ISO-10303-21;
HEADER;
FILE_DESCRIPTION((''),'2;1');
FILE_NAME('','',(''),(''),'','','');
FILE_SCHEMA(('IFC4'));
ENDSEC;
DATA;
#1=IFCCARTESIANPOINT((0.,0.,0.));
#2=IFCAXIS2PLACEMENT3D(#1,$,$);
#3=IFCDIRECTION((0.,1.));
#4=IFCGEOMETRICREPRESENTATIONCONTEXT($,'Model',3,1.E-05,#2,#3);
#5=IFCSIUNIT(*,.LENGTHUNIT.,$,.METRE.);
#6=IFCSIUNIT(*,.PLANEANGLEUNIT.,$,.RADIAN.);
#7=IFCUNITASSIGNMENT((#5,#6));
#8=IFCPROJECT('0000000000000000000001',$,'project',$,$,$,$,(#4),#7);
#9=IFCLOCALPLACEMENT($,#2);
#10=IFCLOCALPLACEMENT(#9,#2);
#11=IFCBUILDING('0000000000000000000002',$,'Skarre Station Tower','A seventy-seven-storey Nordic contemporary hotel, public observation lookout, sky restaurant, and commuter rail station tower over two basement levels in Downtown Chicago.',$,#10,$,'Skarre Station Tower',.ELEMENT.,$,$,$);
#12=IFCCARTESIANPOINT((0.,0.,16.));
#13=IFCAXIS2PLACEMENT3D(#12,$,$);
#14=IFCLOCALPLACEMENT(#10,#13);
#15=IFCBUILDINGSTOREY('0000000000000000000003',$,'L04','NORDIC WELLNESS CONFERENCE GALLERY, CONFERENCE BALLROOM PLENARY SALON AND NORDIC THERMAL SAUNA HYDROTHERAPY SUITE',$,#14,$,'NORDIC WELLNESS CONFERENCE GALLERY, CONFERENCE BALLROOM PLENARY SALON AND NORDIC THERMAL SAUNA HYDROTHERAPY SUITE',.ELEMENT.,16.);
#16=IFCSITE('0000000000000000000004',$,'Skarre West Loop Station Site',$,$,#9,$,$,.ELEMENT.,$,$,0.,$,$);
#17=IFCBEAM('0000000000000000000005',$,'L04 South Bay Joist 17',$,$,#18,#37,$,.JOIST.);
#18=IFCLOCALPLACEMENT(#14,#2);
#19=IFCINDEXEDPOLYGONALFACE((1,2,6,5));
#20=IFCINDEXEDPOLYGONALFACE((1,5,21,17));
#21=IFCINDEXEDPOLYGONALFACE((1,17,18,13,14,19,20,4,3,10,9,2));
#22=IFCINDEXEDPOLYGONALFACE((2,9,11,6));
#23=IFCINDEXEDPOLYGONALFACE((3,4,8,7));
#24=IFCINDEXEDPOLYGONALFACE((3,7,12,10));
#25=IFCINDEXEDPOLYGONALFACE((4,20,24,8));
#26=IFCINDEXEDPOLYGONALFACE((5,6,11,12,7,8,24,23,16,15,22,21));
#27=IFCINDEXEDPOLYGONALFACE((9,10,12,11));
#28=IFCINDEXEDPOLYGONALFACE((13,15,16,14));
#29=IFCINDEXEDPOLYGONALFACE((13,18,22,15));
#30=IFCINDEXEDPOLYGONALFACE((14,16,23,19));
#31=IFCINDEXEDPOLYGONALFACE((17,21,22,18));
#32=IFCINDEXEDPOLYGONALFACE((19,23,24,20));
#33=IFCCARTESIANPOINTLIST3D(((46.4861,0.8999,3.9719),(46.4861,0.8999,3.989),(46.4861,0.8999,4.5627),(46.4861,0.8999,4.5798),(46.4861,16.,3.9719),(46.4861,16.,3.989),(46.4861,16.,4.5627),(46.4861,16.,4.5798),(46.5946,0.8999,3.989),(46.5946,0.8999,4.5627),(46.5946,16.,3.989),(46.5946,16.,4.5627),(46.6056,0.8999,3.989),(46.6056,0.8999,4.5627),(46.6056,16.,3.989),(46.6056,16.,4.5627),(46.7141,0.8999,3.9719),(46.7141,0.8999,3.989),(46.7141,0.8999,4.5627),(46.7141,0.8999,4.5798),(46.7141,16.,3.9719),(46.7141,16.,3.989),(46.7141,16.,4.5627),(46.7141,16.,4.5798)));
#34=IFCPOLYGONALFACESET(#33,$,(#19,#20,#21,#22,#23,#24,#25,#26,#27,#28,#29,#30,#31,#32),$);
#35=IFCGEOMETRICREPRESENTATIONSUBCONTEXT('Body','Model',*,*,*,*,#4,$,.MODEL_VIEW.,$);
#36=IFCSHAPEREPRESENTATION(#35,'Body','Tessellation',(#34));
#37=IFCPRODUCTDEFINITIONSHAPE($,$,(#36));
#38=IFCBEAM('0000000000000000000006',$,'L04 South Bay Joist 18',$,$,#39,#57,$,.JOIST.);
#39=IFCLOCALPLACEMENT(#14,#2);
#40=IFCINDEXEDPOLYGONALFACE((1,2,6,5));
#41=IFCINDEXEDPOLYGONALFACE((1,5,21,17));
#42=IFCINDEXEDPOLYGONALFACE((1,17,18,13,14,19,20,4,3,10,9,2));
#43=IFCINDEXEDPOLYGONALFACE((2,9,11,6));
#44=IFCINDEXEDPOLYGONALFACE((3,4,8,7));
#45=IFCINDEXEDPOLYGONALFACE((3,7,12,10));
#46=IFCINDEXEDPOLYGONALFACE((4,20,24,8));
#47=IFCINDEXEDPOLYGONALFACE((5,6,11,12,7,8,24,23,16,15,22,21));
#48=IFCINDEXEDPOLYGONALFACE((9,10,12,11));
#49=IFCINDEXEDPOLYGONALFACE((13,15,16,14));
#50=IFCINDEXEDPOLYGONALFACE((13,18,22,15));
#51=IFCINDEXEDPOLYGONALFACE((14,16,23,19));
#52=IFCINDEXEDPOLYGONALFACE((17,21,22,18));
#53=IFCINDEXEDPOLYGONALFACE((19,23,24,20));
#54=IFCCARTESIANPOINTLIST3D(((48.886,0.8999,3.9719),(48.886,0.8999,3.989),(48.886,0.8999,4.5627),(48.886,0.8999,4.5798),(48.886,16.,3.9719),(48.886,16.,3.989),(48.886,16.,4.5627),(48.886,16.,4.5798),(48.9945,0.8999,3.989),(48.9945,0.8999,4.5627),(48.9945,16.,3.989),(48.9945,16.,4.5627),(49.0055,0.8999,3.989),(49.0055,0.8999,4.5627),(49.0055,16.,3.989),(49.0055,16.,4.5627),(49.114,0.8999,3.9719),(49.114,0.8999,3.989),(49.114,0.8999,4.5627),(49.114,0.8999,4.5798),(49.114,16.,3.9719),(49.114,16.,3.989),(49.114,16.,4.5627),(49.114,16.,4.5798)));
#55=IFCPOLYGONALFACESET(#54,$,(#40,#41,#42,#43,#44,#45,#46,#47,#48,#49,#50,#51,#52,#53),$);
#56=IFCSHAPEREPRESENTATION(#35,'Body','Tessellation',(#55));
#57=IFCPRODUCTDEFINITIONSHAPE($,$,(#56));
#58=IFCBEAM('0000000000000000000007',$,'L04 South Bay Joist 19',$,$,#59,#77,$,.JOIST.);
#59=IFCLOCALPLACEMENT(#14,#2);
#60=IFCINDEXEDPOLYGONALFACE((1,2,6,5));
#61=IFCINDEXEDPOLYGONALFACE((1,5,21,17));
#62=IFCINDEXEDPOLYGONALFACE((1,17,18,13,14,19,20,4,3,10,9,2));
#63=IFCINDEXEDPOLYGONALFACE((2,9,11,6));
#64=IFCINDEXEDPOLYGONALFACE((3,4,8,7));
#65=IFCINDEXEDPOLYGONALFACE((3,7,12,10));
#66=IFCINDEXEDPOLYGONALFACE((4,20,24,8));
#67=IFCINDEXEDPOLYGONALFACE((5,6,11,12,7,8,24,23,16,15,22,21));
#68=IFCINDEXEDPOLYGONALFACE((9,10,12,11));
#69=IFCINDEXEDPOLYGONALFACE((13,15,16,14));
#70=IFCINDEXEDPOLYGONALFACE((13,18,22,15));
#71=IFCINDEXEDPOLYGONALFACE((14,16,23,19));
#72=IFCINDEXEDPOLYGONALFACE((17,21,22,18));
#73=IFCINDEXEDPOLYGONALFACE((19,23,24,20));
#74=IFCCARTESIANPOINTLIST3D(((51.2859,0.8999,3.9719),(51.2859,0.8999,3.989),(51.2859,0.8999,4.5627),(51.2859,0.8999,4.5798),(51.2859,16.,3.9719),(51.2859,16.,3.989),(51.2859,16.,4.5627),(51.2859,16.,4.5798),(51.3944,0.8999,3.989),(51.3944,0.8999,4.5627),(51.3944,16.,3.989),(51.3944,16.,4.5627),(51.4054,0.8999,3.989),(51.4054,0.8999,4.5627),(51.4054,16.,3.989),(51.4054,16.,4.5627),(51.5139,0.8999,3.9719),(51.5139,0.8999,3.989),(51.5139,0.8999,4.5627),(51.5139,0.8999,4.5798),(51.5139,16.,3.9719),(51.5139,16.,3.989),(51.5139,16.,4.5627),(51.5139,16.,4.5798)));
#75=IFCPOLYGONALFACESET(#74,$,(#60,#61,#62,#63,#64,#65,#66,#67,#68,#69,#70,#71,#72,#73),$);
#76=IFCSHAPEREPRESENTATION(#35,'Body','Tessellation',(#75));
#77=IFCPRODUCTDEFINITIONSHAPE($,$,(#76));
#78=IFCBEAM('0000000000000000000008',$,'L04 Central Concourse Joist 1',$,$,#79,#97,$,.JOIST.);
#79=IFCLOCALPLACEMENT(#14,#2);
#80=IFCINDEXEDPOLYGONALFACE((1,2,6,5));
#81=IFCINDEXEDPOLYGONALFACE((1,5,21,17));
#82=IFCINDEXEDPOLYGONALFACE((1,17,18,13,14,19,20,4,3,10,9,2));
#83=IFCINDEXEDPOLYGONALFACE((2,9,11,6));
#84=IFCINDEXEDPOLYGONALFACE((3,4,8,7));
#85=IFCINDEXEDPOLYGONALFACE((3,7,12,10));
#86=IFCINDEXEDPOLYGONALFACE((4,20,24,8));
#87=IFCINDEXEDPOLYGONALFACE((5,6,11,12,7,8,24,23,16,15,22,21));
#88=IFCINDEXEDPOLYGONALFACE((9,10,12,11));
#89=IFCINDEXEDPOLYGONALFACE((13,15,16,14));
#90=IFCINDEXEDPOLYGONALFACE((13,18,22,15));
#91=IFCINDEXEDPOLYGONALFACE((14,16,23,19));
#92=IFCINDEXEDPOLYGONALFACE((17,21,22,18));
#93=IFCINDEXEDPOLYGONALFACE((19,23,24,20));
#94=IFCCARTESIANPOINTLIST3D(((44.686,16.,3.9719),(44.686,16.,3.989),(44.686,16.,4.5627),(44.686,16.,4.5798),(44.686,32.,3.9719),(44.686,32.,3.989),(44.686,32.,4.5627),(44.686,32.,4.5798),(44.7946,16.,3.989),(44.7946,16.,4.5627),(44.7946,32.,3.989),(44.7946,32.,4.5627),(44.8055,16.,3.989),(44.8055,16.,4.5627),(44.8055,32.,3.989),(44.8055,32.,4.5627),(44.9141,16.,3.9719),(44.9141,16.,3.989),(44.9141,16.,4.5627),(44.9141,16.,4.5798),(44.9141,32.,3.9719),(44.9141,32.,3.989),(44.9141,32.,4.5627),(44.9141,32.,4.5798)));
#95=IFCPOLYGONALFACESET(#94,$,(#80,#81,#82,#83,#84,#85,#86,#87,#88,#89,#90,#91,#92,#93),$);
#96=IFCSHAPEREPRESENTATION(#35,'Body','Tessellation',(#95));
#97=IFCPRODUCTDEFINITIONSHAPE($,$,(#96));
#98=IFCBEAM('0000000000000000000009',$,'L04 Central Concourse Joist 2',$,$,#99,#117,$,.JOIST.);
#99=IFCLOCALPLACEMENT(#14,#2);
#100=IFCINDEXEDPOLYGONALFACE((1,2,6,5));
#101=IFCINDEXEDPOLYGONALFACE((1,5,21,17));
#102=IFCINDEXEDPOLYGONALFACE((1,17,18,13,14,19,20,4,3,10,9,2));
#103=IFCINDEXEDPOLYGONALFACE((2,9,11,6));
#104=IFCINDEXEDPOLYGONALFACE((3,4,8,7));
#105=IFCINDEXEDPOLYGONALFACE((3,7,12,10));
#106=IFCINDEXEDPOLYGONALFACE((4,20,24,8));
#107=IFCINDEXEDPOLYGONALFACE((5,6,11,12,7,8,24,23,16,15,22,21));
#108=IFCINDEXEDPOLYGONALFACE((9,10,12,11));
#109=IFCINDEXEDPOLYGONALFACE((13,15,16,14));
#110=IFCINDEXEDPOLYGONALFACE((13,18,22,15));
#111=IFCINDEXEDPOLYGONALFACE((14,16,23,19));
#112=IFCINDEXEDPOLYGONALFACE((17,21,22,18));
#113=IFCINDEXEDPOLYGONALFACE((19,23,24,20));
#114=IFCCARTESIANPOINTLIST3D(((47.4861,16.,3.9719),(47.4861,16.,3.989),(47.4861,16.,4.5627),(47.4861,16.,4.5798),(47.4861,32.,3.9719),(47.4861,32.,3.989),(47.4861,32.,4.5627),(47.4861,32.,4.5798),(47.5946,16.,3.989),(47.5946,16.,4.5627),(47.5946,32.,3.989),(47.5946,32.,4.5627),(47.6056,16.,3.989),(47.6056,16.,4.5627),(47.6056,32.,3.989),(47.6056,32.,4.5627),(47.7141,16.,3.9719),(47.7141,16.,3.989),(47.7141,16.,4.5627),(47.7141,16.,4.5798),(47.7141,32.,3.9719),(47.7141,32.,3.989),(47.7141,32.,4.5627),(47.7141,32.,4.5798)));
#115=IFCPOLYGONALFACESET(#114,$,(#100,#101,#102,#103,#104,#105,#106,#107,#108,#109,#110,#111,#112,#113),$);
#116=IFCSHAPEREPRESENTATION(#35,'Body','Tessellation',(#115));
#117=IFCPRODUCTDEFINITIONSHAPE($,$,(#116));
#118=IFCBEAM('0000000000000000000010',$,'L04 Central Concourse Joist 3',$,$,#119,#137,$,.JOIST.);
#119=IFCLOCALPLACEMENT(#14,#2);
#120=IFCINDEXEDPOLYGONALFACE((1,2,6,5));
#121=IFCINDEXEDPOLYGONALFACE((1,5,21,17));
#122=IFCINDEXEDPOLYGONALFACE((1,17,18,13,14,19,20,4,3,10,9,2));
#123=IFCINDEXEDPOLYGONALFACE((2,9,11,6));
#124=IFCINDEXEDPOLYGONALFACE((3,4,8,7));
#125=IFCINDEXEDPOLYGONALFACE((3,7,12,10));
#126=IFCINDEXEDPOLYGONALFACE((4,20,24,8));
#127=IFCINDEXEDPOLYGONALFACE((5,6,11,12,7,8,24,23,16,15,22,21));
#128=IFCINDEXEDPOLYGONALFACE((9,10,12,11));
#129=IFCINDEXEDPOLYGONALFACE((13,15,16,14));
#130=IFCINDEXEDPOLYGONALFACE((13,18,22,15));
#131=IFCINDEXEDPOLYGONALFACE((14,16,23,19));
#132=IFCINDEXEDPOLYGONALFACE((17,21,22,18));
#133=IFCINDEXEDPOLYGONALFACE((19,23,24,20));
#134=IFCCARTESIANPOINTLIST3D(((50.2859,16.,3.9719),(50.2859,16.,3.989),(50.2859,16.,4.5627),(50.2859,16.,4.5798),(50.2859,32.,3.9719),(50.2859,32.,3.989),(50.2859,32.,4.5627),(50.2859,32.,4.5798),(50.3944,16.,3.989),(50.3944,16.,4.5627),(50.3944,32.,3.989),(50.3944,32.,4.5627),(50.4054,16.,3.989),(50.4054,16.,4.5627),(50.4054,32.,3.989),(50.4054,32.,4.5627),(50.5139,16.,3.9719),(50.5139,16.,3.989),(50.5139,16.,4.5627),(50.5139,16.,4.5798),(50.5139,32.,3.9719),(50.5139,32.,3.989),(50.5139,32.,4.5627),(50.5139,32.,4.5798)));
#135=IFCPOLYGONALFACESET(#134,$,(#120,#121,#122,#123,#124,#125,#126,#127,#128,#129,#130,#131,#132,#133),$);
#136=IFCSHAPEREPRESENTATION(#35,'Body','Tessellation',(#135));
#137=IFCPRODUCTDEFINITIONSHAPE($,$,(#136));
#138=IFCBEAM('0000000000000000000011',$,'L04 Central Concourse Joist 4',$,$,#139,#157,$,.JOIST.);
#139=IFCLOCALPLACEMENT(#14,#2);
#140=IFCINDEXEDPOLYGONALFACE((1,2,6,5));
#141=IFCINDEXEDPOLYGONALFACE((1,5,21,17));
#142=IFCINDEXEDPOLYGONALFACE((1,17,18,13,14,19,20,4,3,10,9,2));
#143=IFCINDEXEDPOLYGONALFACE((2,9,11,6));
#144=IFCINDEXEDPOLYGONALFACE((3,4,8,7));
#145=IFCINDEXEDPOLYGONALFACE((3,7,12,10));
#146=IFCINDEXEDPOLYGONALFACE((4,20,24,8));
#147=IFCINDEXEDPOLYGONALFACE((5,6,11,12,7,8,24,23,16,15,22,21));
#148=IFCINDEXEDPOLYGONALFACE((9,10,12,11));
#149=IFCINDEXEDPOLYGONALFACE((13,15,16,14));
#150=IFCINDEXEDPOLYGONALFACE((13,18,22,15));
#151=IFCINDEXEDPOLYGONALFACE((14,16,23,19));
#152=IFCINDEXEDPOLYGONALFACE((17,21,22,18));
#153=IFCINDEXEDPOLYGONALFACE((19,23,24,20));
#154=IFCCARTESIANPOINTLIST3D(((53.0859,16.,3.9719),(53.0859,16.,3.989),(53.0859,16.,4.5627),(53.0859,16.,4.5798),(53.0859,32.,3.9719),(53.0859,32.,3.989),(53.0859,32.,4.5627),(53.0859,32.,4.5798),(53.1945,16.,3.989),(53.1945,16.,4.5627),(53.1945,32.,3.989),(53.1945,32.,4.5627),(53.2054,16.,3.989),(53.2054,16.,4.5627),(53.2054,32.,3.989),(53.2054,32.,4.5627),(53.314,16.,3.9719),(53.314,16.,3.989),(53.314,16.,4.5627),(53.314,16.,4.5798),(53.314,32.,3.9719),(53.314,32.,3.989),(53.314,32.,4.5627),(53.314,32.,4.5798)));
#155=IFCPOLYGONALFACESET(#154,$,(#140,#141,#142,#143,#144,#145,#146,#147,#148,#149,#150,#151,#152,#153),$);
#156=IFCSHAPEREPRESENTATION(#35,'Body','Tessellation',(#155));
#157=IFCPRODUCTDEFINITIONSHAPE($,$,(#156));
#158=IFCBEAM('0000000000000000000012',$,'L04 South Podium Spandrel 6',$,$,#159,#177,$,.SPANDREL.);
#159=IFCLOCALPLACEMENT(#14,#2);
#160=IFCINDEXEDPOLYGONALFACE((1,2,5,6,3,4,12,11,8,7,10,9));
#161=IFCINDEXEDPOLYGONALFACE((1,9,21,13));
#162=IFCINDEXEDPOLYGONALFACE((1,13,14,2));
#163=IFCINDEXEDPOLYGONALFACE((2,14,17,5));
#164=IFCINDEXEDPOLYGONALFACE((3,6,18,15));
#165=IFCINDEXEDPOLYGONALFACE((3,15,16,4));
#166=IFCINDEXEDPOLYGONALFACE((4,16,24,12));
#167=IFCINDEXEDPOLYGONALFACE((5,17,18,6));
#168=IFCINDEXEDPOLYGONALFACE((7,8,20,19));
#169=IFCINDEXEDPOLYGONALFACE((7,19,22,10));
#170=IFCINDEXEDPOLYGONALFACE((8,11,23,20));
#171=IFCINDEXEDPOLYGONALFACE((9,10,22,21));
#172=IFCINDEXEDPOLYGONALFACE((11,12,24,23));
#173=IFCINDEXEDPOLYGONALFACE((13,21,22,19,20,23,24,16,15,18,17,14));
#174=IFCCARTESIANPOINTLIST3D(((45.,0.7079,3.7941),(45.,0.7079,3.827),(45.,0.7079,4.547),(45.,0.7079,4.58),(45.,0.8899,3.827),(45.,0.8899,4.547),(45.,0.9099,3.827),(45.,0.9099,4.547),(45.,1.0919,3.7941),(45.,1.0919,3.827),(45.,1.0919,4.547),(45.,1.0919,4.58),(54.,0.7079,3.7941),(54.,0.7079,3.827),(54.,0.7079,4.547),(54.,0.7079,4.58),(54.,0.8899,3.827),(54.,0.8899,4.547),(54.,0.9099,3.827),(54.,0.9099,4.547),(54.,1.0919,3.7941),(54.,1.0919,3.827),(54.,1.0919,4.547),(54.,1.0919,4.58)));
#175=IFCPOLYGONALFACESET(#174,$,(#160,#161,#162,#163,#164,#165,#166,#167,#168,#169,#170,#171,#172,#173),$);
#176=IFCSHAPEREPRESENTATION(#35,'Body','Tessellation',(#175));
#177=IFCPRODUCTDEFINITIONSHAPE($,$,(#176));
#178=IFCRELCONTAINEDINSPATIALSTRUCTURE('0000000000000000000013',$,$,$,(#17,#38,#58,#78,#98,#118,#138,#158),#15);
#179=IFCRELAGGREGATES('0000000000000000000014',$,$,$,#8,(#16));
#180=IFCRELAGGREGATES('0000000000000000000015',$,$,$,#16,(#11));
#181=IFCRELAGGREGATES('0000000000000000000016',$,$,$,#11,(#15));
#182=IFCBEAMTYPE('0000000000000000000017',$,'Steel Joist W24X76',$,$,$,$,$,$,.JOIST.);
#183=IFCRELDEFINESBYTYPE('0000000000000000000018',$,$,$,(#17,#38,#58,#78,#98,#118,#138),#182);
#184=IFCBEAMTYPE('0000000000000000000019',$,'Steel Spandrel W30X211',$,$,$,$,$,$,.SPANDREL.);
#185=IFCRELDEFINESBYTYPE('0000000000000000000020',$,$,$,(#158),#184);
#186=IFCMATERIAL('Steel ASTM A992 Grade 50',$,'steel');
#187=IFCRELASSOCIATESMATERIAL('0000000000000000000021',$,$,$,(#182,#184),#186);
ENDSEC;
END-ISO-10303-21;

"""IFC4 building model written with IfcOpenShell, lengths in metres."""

from ifc_helpers import new_model, si_unit, direction, frame, origin, origin_2d, place, context, subcontext, project, spatial, i_section, extrude, material, material_profile, profile_set, type_object, element, save


model = new_model("IFC4")

# Units and contexts
model_context = context("Model", 3, precision=1e-05, world=origin(), true_north=direction((0.0, 1.0)))
body_context = subcontext(model_context, "Body", "Model", "MODEL_VIEW")
ifc_project = project(units=[si_unit("LENGTHUNIT", "METRE"), si_unit("PLANEANGLEUNIT", "RADIAN")], contexts=[model_context])

# Site, building, storey
site_placement = place(None, origin())
site = spatial("IfcSite", under=ifc_project, at=site_placement, Name="Skarre West Loop Station Site", CompositionType="ELEMENT", RefElevation=0.0)
building_placement = place(site_placement, origin())
building = spatial("IfcBuilding", under=site, at=building_placement, Name="Skarre Station Tower", Description="A seventy-seven-storey Nordic contemporary hotel, public observation lookout, sky restaurant, and commuter rail station tower over two basement levels in Downtown Chicago.", LongName="Skarre Station Tower", CompositionType="ELEMENT")
storey_placement = place(building_placement, frame((0.0, 0.0, 16.0)))
storey = spatial("IfcBuildingStorey", under=building, at=storey_placement, Name="L04", Description="NORDIC WELLNESS CONFERENCE GALLERY, CONFERENCE BALLROOM PLENARY SALON AND NORDIC THERMAL SAUNA HYDROTHERAPY SUITE", LongName="NORDIC WELLNESS CONFERENCE GALLERY, CONFERENCE BALLROOM PLENARY SALON AND NORDIC THERMAL SAUNA HYDROTHERAPY SUITE", CompositionType="ELEMENT", Elevation=16.0)

# Beams
ifc_material_1 = material(Name="Steel ASTM A992 Grade 50", Category="steel")
ifc_material_profile_1 = material_profile(ifc_material_1, i_section(OverallWidth=0.228, OverallDepth=0.6079, WebThickness=0.011, FlangeThickness=0.0171, at=origin_2d()), Name="Steel ASTM A992 Grade 50")
ifc_profile_set_1 = profile_set([ifc_material_profile_1], Name="Steel ASTM A992 Grade 50")
beam_type_1 = type_object("IfcBeamType", Name="Steel Joist W24X76", PredefinedType="JOIST", material=ifc_profile_set_1)
for number, where, z_axis, x_axis, name in (
    (1, (46.6001, 0.8999, 4.2759), (0.0, 1.0, 0.0), (-1.0, 0.0, 0.0), "L04 South Bay Joist 17"),
    (2, (49.0, 0.8999, 4.2759), (0.0, 1.0, 0.0), (-1.0, 0.0, 0.0), "L04 South Bay Joist 18"),
    (3, (51.3999, 0.8999, 4.2759), (0.0, 1.0, 0.0), (-1.0, 0.0, 0.0), "L04 South Bay Joist 19"),
):
    element("IfcBeam", number, at=place(storey_placement, frame(where, z_axis=z_axis, x_axis=x_axis)), inside=storey, type_object=beam_type_1, Name=name, PredefinedType="JOIST", context=body_context, shape_type="SweptSolid", body=[
        extrude(i_section(OverallWidth=0.228, OverallDepth=0.6079, WebThickness=0.011, FlangeThickness=0.0171, at=origin_2d()), origin(), (0.0, 0.0, 1.0), 15.1001),
    ])
for number, where, z_axis, x_axis, name in (
    (4, (44.8, 16.0, 4.2759), (0.0, 1.0, 0.0), (-1.0, 0.0, 0.0), "L04 Central Concourse Joist 1"),
    (5, (47.6001, 16.0, 4.2759), (0.0, 1.0, 0.0), (-1.0, 0.0, 0.0), "L04 Central Concourse Joist 2"),
    (6, (50.3999, 16.0, 4.2759), (0.0, 1.0, 0.0), (-1.0, 0.0, 0.0), "L04 Central Concourse Joist 3"),
    (7, (53.2, 16.0, 4.2759), (0.0, 1.0, 0.0), (-1.0, 0.0, 0.0), "L04 Central Concourse Joist 4"),
):
    element("IfcBeam", number, at=place(storey_placement, frame(where, z_axis=z_axis, x_axis=x_axis)), inside=storey, type_object=beam_type_1, Name=name, PredefinedType="JOIST", context=body_context, shape_type="SweptSolid", body=[
        extrude(i_section(OverallWidth=0.228, OverallDepth=0.6079, WebThickness=0.011, FlangeThickness=0.0171, at=origin_2d()), origin(), (0.0, 0.0, 1.0), 16.0),
    ])
ifc_material_profile_2 = material_profile(ifc_material_1, i_section(OverallWidth=0.384, OverallDepth=0.7859, WebThickness=0.02, FlangeThickness=0.033, at=origin_2d()), Name="Steel ASTM A992 Grade 50")
ifc_profile_set_2 = profile_set([ifc_material_profile_2], Name="Steel ASTM A992 Grade 50")
beam_type_2 = type_object("IfcBeamType", Name="Steel Spandrel W30X211", PredefinedType="SPANDREL", material=ifc_profile_set_2)
beam_1_placement = place(storey_placement, frame((45.0, 0.8999, 4.187), z_axis=(1.0, 0.0, 0.0), x_axis=(0.0, 1.0, 0.0)))
element("IfcBeam", 8, at=beam_1_placement, inside=storey, type_object=beam_type_2, Name="L04 South Podium Spandrel 6", PredefinedType="SPANDREL", context=body_context, shape_type="SweptSolid", body=[
    extrude(i_section(OverallWidth=0.384, OverallDepth=0.7859, WebThickness=0.02, FlangeThickness=0.033, at=origin_2d()), origin(), (0.0, 0.0, 1.0), 9.0),
])

save(model, "model.ifc")
